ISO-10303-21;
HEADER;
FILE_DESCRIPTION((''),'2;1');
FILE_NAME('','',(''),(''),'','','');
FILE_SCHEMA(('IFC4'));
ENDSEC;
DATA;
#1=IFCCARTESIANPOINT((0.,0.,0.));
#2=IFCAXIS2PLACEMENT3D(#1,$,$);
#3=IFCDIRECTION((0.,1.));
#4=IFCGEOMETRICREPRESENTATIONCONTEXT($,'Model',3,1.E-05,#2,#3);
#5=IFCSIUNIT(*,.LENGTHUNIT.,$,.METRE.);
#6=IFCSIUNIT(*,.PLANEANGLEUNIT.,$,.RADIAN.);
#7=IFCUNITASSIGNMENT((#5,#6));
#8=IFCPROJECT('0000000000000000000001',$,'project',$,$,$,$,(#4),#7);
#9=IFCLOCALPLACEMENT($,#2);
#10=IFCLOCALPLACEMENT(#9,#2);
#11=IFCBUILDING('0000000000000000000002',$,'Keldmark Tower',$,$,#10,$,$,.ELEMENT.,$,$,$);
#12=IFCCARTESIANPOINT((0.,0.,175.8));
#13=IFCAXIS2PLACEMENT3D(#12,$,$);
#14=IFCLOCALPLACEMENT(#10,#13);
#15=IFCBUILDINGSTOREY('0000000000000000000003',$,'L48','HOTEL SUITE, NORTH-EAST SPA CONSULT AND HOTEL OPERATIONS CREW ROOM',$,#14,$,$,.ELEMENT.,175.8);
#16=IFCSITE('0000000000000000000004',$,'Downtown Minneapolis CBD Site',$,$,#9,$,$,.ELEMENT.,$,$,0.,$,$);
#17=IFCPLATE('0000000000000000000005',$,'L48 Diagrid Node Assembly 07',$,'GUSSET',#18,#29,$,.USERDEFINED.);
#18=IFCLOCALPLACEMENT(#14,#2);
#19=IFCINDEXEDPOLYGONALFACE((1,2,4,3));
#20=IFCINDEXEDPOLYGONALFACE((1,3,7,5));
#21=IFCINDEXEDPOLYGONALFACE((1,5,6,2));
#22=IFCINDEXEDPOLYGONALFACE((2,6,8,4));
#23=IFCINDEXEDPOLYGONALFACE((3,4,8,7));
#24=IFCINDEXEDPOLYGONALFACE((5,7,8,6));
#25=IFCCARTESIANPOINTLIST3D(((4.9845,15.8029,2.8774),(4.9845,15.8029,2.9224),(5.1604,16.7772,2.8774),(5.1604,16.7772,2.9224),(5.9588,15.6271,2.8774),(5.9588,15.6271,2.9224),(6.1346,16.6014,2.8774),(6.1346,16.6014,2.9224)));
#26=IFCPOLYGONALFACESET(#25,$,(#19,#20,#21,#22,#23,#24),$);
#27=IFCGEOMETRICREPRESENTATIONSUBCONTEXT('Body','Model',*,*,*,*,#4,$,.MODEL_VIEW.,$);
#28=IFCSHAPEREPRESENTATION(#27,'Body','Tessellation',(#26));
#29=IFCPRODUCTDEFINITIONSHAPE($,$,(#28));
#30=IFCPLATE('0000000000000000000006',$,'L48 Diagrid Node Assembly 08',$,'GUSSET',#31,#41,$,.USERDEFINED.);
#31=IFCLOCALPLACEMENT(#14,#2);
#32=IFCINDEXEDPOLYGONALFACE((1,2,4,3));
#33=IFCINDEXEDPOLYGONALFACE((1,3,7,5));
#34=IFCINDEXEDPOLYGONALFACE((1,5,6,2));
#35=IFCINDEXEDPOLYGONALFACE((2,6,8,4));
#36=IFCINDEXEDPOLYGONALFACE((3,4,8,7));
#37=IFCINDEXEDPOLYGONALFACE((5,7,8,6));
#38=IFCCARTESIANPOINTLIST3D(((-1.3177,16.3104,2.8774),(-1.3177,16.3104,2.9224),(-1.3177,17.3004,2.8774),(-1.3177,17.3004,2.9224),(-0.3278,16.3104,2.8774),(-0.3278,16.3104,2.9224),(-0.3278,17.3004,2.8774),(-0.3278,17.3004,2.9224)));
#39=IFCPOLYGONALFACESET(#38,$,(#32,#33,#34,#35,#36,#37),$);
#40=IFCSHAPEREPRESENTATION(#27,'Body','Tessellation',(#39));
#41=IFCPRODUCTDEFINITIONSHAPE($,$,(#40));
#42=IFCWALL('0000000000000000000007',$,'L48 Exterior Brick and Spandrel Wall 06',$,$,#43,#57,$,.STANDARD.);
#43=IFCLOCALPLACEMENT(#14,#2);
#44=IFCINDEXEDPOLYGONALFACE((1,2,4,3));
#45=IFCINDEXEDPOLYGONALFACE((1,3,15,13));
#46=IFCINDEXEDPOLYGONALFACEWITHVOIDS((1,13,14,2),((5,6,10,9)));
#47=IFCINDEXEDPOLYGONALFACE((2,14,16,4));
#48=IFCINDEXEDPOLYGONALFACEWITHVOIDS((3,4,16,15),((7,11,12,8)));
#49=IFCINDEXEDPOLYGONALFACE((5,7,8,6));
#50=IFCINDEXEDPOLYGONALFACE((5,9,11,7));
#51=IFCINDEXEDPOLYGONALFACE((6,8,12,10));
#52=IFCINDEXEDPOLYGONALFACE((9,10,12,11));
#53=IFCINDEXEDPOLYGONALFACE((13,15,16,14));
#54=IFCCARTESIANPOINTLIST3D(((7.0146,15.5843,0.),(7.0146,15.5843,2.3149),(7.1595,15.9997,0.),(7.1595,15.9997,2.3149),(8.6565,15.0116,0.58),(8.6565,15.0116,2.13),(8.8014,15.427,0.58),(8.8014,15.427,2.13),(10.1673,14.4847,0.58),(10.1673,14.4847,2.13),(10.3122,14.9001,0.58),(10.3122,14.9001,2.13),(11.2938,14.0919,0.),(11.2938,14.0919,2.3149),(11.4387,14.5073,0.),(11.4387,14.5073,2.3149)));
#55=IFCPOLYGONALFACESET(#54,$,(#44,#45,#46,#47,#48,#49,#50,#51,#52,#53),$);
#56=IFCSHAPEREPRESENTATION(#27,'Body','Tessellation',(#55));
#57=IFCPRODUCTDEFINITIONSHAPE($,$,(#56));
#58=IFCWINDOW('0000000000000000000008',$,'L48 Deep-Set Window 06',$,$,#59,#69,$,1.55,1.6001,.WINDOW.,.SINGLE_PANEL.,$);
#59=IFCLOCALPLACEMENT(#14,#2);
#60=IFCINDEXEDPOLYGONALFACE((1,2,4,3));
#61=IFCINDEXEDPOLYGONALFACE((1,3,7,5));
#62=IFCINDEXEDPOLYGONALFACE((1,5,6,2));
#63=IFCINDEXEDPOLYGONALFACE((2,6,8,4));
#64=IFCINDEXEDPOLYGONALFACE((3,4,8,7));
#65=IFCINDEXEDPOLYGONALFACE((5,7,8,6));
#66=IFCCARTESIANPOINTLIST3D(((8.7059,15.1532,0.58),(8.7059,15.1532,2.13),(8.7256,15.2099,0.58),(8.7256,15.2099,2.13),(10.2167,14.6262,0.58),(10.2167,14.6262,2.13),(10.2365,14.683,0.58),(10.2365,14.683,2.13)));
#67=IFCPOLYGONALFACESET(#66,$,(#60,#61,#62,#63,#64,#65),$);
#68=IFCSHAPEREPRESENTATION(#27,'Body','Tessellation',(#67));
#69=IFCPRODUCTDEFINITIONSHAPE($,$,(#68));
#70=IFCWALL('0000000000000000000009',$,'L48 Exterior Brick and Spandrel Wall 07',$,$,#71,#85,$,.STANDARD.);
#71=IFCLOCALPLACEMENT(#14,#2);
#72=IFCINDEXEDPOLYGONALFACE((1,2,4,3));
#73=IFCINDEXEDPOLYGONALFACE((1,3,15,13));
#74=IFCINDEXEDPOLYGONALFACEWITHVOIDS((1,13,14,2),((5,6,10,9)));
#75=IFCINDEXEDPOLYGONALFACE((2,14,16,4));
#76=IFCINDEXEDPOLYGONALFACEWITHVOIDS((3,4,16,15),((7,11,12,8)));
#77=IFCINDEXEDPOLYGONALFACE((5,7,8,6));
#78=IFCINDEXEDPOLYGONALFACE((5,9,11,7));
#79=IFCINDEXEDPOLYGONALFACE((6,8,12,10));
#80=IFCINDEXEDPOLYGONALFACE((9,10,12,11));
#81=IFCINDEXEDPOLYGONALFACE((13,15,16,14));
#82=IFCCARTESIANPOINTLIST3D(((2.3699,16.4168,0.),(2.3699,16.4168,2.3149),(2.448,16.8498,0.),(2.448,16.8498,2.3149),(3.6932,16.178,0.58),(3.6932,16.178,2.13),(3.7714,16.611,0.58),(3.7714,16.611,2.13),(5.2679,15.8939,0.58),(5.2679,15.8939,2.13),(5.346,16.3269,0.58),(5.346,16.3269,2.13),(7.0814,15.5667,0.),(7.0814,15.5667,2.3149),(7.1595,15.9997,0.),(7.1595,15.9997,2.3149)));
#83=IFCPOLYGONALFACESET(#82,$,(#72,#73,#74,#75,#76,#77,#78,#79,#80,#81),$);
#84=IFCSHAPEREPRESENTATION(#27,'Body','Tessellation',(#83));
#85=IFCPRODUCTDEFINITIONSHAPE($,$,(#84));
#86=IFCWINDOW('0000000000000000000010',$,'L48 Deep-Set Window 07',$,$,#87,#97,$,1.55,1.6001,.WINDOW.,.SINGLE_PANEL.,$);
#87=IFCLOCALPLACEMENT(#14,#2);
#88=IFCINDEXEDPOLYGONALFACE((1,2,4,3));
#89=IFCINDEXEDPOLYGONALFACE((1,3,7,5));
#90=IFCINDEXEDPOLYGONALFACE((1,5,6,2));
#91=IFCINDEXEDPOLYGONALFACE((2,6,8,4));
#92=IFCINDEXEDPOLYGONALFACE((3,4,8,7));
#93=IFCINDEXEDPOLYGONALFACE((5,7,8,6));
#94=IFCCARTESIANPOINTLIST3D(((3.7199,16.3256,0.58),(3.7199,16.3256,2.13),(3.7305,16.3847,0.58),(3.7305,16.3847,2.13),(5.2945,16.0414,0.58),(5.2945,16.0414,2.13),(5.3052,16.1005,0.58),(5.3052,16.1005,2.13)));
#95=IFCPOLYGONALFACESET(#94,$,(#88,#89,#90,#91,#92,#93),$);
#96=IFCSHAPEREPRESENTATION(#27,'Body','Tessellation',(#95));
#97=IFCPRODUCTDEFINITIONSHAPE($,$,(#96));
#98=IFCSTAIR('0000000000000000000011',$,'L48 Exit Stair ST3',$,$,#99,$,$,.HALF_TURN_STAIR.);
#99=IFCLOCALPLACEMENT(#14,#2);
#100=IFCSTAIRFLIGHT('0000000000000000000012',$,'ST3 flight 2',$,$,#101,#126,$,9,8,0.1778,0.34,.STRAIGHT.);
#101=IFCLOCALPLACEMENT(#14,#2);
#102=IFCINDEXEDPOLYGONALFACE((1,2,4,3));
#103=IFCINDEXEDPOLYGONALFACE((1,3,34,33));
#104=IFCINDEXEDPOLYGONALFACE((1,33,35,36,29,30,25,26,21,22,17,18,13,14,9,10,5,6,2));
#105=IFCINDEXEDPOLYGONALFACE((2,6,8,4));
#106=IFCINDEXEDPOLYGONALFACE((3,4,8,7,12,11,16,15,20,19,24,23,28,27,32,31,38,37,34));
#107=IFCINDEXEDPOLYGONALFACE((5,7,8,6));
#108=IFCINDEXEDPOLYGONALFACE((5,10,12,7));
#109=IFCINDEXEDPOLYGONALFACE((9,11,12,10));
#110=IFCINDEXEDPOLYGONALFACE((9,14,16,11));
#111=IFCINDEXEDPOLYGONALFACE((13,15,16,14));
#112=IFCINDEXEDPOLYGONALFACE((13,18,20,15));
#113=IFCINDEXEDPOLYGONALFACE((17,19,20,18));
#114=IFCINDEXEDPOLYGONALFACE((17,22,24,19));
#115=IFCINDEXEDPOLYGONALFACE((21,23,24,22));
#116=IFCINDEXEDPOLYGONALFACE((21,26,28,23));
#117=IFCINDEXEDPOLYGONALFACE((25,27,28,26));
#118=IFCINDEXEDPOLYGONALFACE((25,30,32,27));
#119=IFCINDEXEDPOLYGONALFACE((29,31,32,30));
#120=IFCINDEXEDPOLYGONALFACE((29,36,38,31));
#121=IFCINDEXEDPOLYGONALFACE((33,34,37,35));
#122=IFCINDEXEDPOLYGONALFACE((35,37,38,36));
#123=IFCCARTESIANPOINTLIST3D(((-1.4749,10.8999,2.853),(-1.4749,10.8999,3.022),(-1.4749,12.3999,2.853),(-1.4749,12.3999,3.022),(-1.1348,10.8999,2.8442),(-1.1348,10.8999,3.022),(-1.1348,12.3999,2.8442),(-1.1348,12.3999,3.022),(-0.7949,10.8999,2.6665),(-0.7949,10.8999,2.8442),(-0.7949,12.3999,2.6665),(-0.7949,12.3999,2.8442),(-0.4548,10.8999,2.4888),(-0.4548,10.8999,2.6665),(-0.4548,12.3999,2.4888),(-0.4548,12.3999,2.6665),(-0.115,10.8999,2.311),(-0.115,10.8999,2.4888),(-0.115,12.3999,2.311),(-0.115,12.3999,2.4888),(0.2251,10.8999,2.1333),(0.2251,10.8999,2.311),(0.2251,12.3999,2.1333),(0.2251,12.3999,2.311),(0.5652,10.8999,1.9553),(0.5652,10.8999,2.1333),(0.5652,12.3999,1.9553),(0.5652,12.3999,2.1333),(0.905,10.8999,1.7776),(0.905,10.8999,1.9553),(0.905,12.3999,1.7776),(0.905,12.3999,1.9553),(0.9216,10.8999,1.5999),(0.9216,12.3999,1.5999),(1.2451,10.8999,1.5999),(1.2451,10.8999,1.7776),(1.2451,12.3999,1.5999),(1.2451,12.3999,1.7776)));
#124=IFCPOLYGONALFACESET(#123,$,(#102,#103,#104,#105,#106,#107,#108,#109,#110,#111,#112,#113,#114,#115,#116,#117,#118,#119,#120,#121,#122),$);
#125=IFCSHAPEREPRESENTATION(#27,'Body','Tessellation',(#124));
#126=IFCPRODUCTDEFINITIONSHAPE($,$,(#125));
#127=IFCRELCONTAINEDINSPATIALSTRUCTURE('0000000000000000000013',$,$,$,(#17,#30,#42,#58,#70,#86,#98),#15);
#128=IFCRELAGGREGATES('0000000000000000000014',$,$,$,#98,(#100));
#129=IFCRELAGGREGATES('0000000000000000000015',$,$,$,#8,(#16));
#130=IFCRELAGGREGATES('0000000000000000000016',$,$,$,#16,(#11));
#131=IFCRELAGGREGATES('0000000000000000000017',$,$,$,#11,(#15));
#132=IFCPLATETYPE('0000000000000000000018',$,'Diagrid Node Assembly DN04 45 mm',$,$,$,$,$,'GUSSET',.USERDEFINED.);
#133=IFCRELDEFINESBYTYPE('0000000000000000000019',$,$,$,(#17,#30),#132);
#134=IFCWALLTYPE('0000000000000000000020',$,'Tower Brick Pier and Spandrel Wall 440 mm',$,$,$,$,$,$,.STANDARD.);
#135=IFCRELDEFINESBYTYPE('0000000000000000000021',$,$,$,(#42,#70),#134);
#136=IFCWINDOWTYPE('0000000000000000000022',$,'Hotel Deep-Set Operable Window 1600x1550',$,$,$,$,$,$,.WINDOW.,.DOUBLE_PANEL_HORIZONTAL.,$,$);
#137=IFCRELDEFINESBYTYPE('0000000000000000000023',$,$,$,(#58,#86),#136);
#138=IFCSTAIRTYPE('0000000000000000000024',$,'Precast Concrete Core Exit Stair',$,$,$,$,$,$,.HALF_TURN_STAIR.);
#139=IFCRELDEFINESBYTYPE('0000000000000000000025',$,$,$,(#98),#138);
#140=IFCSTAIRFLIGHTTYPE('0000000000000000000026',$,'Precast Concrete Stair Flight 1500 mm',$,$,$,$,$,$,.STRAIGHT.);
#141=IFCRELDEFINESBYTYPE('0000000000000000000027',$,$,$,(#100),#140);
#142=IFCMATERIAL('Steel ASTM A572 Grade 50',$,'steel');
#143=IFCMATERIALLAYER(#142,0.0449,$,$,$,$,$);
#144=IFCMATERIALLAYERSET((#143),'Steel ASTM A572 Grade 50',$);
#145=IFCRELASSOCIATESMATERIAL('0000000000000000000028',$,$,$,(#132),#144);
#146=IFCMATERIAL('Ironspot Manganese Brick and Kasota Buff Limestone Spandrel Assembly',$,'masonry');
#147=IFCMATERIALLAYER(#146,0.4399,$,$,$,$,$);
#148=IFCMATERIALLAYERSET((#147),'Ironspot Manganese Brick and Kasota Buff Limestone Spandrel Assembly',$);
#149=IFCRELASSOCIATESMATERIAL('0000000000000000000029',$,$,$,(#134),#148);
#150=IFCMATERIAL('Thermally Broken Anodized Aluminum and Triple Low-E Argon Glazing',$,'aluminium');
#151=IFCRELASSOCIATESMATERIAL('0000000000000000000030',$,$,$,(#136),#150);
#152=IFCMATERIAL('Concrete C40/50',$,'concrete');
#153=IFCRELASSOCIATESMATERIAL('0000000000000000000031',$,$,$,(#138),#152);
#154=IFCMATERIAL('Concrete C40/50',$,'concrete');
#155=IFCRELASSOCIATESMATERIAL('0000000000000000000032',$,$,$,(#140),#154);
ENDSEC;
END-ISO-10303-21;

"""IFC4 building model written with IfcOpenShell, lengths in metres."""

from ifc_helpers import new_model, si_unit, direction, frame, frame_2d, origin, origin_2d, place, context, subcontext, project, spatial, polyline, rectangle, outline, extrude, material, layer, layer_set, type_object, element, fill, aggregate, save


model = new_model("IFC4")

# Units and contexts
model_context = context("Model", 3, precision=1e-05, world=origin(), true_north=direction((0.0, 1.0)))
body_context = subcontext(model_context, "Body", "Model", "MODEL_VIEW")
ifc_project = project(units=[si_unit("LENGTHUNIT", "METRE"), si_unit("PLANEANGLEUNIT", "RADIAN")], contexts=[model_context])

# Site, building, storey
site_placement = place(None, origin())
site = spatial("IfcSite", under=ifc_project, at=site_placement, Name="Downtown Minneapolis CBD Site", CompositionType="ELEMENT", RefElevation=0.0)
building_placement = place(site_placement, origin())
building = spatial("IfcBuilding", under=site, at=building_placement, Name="Keldmark Tower", CompositionType="ELEMENT")
storey_placement = place(building_placement, frame((0.0, 0.0, 175.8)))
storey = spatial("IfcBuildingStorey", under=building, at=storey_placement, Name="L48", Description="HOTEL SUITE, NORTH-EAST SPA CONSULT AND HOTEL OPERATIONS CREW ROOM", CompositionType="ELEMENT", Elevation=175.8)

# Plates
ifc_material_1 = material(Name="Steel ASTM A572 Grade 50", Category="steel")
ifc_layer_1 = layer(ifc_material_1, 0.0449)
ifc_layer_set_1 = layer_set([ifc_layer_1], Name="Steel ASTM A572 Grade 50")
plate_type_1 = type_object("IfcPlateType", Name="Diagrid Node Assembly DN04 45 mm", ElementType="GUSSET", PredefinedType="USERDEFINED", material=ifc_layer_set_1)
for number, where, z_axis, x_axis, name in (
    (1, (5.5596, 16.2021, 2.8774), (0.0, 0.0, 1.0), (-0.984103, 0.1776, 0.0), "L48 Diagrid Node Assembly 07"),
    (2, (-0.8228, 16.8054, 2.8774), (0.0, 0.0, 1.0), (-1.0, 0.0, 0.0), "L48 Diagrid Node Assembly 08"),
):
    element("IfcPlate", number, at=place(storey_placement, frame(where, z_axis=z_axis, x_axis=x_axis)), inside=storey, type_object=plate_type_1, Name=name, ObjectType="GUSSET", PredefinedType="USERDEFINED", context=body_context, shape_type="SweptSolid", body=[
        extrude(rectangle(XDim=0.99, YDim=0.99, at=origin_2d()), origin(), (0.0, 0.0, 1.0), 0.0449),
    ])

# Walls, openings, windows
ifc_material_2 = material(Name="Ironspot Manganese Brick and Kasota Buff Limestone Spandrel Assembly", Category="masonry")
ifc_layer_2 = layer(ifc_material_2, 0.4399)
ifc_layer_set_2 = layer_set([ifc_layer_2], Name="Ironspot Manganese Brick and Kasota Buff Limestone Spandrel Assembly")
wall_type = type_object("IfcWallType", Name="Tower Brick Pier and Spandrel Wall 440 mm", PredefinedType="STANDARD", material=ifc_layer_set_2)
wall_1_placement = place(storey_placement, frame((7.0869, 15.792, 0.0), z_axis=(0.0, 0.0, 1.0), x_axis=(0.944224, -0.329304, 0.0)))
wall_1 = element("IfcWall", 3, at=wall_1_placement, inside=storey, type_object=wall_type, Name="L48 Exterior Brick and Spandrel Wall 06", PredefinedType="STANDARD", context=body_context, shape_type="SweptSolid", body=[
    extrude(rectangle(XDim=4.532, YDim=0.4399, at=frame_2d((2.2661, 0.0))), origin(), (0.0, 0.0, 1.0), 2.3149),
])
opening_1_placement = place(wall_1_placement, frame((1.739, 0.0, 0.5801)))
opening_1 = element("IfcOpeningElement", 4, at=opening_1_placement, cuts=wall_1, PredefinedType="OPENING", context=body_context, shape_type="SweptSolid", body=[
    extrude(rectangle(XDim=1.6001, YDim=1.55, at=frame_2d((0.8, 0.7749))), frame((0.0, 0.23, 0.0), z_axis=(0.0, -1.0, 0.0), x_axis=(1.0, 0.0, 0.0)), (0.0, 0.0, 1.0), 0.46),
])
ifc_material_3 = material(Name="Thermally Broken Anodized Aluminum and Triple Low-E Argon Glazing", Category="aluminium")
window_type = type_object("IfcWindowType", Name="Hotel Deep-Set Operable Window 1600x1550", PartitioningType="DOUBLE_PANEL_HORIZONTAL", PredefinedType="WINDOW", material=ifc_material_3)
window_1_placement = place(opening_1_placement, origin())
window_1 = element("IfcWindow", 5, at=window_1_placement, inside=storey, type_object=window_type, Name="L48 Deep-Set Window 06", OverallHeight=1.55, OverallWidth=1.6001, PartitioningType="SINGLE_PANEL", PredefinedType="WINDOW", context=body_context, shape_type="SweptSolid", body=[
    extrude(rectangle(XDim=1.6001, YDim=1.55, at=frame_2d((0.8, 0.7749))), frame((0.0, -0.01, 0.0), z_axis=(0.0, -1.0, 0.0), x_axis=(1.0, 0.0, 0.0)), (0.0, 0.0, 1.0), 0.0601),
])
fill(opening_1, window_1)
wall_2_placement = place(storey_placement, frame((2.4089, 16.6333, 0.0), z_axis=(0.0, 0.0, 1.0), x_axis=(0.984109, -0.177566, 0.0)))
wall_2 = element("IfcWall", 6, at=wall_2_placement, inside=storey, type_object=wall_type, Name="L48 Exterior Brick and Spandrel Wall 07", PredefinedType="STANDARD", context=body_context, shape_type="SweptSolid", body=[
    extrude(rectangle(XDim=4.7876, YDim=0.4399, at=frame_2d((2.3938, 0.0))), origin(), (0.0, 0.0, 1.0), 2.3149),
])
opening_2_placement = place(wall_2_placement, frame((1.3447, 0.0, 0.5801)))
opening_2 = element("IfcOpeningElement", 7, at=opening_2_placement, cuts=wall_2, PredefinedType="OPENING", context=body_context, shape_type="SweptSolid", body=[
    extrude(rectangle(XDim=1.6001, YDim=1.55, at=frame_2d((0.8, 0.7749))), frame((0.0, 0.23, 0.0), z_axis=(0.0, -1.0, 0.0), x_axis=(1.0, 0.0, 0.0)), (0.0, 0.0, 1.0), 0.46),
])
window_2_placement = place(opening_2_placement, origin())
window_2 = element("IfcWindow", 8, at=window_2_placement, inside=storey, type_object=window_type, Name="L48 Deep-Set Window 07", OverallHeight=1.55, OverallWidth=1.6001, PartitioningType="SINGLE_PANEL", PredefinedType="WINDOW", context=body_context, shape_type="SweptSolid", body=[
    extrude(rectangle(XDim=1.6001, YDim=1.55, at=frame_2d((0.8, 0.7749))), frame((0.0, -0.01, 0.0), z_axis=(0.0, -1.0, 0.0), x_axis=(1.0, 0.0, 0.0)), (0.0, 0.0, 1.0), 0.0601),
])
fill(opening_2, window_2)

# Stair, stair flight
ifc_material_4 = material(Name="Concrete C40/50", Category="concrete")
stair_type = type_object("IfcStairType", Name="Precast Concrete Core Exit Stair", PredefinedType="HALF_TURN_STAIR", material=ifc_material_4)
stair_placement = place(storey_placement, origin())
stair = element("IfcStair", 9, at=stair_placement, inside=storey, type_object=stair_type, Name="L48 Exit Stair ST3", PredefinedType="HALF_TURN_STAIR")
ifc_material_5 = material(Name="Concrete C40/50", Category="concrete")
stair_flight_type = type_object("IfcStairFlightType", Name="Precast Concrete Stair Flight 1500 mm", PredefinedType="STRAIGHT", material=ifc_material_5)
stair_flight_placement = place(storey_placement, frame((1.2451, 11.6499, 1.5999), z_axis=(0.0, 0.0, 1.0), x_axis=(-1.0, 0.0, 0.0)))
stair_flight = element("IfcStairFlight", 10, at=stair_flight_placement, type_object=stair_flight_type, Name="ST3 flight 2", NumberOfRisers=9, NumberOfTreads=8, PredefinedType="STRAIGHT", RiserHeight=0.1778, TreadLength=0.34, context=body_context, shape_type="SweptSolid", body=[
    extrude(outline(polyline([(0.0, 0.0), (0.0, 0.1777), (0.3401, 0.1777), (0.3401, 0.3555), (0.6799, 0.3555), (0.6799, 0.5334), (1.02, 0.5334), (1.02, 0.7112), (1.3601, 0.7112), (1.3601, 0.8889), (1.7, 0.8889), (1.7, 1.0667), (2.04, 1.0667), (2.04, 1.2444), (2.3799, 1.2444), (2.3799, 1.4221), (2.72, 1.4221), (2.72, 1.6001), (2.72, 1.2532), (0.3235, 0.0), (0.0, 0.0)])), frame((0.0, 0.75, 0.0), z_axis=(0.0, -1.0, 0.0), x_axis=(1.0, 0.0, 0.0)), (0.0, 0.0, 1.0), 1.5),
])
aggregate(stair, [stair_flight])

save(model, "model.ifc")
